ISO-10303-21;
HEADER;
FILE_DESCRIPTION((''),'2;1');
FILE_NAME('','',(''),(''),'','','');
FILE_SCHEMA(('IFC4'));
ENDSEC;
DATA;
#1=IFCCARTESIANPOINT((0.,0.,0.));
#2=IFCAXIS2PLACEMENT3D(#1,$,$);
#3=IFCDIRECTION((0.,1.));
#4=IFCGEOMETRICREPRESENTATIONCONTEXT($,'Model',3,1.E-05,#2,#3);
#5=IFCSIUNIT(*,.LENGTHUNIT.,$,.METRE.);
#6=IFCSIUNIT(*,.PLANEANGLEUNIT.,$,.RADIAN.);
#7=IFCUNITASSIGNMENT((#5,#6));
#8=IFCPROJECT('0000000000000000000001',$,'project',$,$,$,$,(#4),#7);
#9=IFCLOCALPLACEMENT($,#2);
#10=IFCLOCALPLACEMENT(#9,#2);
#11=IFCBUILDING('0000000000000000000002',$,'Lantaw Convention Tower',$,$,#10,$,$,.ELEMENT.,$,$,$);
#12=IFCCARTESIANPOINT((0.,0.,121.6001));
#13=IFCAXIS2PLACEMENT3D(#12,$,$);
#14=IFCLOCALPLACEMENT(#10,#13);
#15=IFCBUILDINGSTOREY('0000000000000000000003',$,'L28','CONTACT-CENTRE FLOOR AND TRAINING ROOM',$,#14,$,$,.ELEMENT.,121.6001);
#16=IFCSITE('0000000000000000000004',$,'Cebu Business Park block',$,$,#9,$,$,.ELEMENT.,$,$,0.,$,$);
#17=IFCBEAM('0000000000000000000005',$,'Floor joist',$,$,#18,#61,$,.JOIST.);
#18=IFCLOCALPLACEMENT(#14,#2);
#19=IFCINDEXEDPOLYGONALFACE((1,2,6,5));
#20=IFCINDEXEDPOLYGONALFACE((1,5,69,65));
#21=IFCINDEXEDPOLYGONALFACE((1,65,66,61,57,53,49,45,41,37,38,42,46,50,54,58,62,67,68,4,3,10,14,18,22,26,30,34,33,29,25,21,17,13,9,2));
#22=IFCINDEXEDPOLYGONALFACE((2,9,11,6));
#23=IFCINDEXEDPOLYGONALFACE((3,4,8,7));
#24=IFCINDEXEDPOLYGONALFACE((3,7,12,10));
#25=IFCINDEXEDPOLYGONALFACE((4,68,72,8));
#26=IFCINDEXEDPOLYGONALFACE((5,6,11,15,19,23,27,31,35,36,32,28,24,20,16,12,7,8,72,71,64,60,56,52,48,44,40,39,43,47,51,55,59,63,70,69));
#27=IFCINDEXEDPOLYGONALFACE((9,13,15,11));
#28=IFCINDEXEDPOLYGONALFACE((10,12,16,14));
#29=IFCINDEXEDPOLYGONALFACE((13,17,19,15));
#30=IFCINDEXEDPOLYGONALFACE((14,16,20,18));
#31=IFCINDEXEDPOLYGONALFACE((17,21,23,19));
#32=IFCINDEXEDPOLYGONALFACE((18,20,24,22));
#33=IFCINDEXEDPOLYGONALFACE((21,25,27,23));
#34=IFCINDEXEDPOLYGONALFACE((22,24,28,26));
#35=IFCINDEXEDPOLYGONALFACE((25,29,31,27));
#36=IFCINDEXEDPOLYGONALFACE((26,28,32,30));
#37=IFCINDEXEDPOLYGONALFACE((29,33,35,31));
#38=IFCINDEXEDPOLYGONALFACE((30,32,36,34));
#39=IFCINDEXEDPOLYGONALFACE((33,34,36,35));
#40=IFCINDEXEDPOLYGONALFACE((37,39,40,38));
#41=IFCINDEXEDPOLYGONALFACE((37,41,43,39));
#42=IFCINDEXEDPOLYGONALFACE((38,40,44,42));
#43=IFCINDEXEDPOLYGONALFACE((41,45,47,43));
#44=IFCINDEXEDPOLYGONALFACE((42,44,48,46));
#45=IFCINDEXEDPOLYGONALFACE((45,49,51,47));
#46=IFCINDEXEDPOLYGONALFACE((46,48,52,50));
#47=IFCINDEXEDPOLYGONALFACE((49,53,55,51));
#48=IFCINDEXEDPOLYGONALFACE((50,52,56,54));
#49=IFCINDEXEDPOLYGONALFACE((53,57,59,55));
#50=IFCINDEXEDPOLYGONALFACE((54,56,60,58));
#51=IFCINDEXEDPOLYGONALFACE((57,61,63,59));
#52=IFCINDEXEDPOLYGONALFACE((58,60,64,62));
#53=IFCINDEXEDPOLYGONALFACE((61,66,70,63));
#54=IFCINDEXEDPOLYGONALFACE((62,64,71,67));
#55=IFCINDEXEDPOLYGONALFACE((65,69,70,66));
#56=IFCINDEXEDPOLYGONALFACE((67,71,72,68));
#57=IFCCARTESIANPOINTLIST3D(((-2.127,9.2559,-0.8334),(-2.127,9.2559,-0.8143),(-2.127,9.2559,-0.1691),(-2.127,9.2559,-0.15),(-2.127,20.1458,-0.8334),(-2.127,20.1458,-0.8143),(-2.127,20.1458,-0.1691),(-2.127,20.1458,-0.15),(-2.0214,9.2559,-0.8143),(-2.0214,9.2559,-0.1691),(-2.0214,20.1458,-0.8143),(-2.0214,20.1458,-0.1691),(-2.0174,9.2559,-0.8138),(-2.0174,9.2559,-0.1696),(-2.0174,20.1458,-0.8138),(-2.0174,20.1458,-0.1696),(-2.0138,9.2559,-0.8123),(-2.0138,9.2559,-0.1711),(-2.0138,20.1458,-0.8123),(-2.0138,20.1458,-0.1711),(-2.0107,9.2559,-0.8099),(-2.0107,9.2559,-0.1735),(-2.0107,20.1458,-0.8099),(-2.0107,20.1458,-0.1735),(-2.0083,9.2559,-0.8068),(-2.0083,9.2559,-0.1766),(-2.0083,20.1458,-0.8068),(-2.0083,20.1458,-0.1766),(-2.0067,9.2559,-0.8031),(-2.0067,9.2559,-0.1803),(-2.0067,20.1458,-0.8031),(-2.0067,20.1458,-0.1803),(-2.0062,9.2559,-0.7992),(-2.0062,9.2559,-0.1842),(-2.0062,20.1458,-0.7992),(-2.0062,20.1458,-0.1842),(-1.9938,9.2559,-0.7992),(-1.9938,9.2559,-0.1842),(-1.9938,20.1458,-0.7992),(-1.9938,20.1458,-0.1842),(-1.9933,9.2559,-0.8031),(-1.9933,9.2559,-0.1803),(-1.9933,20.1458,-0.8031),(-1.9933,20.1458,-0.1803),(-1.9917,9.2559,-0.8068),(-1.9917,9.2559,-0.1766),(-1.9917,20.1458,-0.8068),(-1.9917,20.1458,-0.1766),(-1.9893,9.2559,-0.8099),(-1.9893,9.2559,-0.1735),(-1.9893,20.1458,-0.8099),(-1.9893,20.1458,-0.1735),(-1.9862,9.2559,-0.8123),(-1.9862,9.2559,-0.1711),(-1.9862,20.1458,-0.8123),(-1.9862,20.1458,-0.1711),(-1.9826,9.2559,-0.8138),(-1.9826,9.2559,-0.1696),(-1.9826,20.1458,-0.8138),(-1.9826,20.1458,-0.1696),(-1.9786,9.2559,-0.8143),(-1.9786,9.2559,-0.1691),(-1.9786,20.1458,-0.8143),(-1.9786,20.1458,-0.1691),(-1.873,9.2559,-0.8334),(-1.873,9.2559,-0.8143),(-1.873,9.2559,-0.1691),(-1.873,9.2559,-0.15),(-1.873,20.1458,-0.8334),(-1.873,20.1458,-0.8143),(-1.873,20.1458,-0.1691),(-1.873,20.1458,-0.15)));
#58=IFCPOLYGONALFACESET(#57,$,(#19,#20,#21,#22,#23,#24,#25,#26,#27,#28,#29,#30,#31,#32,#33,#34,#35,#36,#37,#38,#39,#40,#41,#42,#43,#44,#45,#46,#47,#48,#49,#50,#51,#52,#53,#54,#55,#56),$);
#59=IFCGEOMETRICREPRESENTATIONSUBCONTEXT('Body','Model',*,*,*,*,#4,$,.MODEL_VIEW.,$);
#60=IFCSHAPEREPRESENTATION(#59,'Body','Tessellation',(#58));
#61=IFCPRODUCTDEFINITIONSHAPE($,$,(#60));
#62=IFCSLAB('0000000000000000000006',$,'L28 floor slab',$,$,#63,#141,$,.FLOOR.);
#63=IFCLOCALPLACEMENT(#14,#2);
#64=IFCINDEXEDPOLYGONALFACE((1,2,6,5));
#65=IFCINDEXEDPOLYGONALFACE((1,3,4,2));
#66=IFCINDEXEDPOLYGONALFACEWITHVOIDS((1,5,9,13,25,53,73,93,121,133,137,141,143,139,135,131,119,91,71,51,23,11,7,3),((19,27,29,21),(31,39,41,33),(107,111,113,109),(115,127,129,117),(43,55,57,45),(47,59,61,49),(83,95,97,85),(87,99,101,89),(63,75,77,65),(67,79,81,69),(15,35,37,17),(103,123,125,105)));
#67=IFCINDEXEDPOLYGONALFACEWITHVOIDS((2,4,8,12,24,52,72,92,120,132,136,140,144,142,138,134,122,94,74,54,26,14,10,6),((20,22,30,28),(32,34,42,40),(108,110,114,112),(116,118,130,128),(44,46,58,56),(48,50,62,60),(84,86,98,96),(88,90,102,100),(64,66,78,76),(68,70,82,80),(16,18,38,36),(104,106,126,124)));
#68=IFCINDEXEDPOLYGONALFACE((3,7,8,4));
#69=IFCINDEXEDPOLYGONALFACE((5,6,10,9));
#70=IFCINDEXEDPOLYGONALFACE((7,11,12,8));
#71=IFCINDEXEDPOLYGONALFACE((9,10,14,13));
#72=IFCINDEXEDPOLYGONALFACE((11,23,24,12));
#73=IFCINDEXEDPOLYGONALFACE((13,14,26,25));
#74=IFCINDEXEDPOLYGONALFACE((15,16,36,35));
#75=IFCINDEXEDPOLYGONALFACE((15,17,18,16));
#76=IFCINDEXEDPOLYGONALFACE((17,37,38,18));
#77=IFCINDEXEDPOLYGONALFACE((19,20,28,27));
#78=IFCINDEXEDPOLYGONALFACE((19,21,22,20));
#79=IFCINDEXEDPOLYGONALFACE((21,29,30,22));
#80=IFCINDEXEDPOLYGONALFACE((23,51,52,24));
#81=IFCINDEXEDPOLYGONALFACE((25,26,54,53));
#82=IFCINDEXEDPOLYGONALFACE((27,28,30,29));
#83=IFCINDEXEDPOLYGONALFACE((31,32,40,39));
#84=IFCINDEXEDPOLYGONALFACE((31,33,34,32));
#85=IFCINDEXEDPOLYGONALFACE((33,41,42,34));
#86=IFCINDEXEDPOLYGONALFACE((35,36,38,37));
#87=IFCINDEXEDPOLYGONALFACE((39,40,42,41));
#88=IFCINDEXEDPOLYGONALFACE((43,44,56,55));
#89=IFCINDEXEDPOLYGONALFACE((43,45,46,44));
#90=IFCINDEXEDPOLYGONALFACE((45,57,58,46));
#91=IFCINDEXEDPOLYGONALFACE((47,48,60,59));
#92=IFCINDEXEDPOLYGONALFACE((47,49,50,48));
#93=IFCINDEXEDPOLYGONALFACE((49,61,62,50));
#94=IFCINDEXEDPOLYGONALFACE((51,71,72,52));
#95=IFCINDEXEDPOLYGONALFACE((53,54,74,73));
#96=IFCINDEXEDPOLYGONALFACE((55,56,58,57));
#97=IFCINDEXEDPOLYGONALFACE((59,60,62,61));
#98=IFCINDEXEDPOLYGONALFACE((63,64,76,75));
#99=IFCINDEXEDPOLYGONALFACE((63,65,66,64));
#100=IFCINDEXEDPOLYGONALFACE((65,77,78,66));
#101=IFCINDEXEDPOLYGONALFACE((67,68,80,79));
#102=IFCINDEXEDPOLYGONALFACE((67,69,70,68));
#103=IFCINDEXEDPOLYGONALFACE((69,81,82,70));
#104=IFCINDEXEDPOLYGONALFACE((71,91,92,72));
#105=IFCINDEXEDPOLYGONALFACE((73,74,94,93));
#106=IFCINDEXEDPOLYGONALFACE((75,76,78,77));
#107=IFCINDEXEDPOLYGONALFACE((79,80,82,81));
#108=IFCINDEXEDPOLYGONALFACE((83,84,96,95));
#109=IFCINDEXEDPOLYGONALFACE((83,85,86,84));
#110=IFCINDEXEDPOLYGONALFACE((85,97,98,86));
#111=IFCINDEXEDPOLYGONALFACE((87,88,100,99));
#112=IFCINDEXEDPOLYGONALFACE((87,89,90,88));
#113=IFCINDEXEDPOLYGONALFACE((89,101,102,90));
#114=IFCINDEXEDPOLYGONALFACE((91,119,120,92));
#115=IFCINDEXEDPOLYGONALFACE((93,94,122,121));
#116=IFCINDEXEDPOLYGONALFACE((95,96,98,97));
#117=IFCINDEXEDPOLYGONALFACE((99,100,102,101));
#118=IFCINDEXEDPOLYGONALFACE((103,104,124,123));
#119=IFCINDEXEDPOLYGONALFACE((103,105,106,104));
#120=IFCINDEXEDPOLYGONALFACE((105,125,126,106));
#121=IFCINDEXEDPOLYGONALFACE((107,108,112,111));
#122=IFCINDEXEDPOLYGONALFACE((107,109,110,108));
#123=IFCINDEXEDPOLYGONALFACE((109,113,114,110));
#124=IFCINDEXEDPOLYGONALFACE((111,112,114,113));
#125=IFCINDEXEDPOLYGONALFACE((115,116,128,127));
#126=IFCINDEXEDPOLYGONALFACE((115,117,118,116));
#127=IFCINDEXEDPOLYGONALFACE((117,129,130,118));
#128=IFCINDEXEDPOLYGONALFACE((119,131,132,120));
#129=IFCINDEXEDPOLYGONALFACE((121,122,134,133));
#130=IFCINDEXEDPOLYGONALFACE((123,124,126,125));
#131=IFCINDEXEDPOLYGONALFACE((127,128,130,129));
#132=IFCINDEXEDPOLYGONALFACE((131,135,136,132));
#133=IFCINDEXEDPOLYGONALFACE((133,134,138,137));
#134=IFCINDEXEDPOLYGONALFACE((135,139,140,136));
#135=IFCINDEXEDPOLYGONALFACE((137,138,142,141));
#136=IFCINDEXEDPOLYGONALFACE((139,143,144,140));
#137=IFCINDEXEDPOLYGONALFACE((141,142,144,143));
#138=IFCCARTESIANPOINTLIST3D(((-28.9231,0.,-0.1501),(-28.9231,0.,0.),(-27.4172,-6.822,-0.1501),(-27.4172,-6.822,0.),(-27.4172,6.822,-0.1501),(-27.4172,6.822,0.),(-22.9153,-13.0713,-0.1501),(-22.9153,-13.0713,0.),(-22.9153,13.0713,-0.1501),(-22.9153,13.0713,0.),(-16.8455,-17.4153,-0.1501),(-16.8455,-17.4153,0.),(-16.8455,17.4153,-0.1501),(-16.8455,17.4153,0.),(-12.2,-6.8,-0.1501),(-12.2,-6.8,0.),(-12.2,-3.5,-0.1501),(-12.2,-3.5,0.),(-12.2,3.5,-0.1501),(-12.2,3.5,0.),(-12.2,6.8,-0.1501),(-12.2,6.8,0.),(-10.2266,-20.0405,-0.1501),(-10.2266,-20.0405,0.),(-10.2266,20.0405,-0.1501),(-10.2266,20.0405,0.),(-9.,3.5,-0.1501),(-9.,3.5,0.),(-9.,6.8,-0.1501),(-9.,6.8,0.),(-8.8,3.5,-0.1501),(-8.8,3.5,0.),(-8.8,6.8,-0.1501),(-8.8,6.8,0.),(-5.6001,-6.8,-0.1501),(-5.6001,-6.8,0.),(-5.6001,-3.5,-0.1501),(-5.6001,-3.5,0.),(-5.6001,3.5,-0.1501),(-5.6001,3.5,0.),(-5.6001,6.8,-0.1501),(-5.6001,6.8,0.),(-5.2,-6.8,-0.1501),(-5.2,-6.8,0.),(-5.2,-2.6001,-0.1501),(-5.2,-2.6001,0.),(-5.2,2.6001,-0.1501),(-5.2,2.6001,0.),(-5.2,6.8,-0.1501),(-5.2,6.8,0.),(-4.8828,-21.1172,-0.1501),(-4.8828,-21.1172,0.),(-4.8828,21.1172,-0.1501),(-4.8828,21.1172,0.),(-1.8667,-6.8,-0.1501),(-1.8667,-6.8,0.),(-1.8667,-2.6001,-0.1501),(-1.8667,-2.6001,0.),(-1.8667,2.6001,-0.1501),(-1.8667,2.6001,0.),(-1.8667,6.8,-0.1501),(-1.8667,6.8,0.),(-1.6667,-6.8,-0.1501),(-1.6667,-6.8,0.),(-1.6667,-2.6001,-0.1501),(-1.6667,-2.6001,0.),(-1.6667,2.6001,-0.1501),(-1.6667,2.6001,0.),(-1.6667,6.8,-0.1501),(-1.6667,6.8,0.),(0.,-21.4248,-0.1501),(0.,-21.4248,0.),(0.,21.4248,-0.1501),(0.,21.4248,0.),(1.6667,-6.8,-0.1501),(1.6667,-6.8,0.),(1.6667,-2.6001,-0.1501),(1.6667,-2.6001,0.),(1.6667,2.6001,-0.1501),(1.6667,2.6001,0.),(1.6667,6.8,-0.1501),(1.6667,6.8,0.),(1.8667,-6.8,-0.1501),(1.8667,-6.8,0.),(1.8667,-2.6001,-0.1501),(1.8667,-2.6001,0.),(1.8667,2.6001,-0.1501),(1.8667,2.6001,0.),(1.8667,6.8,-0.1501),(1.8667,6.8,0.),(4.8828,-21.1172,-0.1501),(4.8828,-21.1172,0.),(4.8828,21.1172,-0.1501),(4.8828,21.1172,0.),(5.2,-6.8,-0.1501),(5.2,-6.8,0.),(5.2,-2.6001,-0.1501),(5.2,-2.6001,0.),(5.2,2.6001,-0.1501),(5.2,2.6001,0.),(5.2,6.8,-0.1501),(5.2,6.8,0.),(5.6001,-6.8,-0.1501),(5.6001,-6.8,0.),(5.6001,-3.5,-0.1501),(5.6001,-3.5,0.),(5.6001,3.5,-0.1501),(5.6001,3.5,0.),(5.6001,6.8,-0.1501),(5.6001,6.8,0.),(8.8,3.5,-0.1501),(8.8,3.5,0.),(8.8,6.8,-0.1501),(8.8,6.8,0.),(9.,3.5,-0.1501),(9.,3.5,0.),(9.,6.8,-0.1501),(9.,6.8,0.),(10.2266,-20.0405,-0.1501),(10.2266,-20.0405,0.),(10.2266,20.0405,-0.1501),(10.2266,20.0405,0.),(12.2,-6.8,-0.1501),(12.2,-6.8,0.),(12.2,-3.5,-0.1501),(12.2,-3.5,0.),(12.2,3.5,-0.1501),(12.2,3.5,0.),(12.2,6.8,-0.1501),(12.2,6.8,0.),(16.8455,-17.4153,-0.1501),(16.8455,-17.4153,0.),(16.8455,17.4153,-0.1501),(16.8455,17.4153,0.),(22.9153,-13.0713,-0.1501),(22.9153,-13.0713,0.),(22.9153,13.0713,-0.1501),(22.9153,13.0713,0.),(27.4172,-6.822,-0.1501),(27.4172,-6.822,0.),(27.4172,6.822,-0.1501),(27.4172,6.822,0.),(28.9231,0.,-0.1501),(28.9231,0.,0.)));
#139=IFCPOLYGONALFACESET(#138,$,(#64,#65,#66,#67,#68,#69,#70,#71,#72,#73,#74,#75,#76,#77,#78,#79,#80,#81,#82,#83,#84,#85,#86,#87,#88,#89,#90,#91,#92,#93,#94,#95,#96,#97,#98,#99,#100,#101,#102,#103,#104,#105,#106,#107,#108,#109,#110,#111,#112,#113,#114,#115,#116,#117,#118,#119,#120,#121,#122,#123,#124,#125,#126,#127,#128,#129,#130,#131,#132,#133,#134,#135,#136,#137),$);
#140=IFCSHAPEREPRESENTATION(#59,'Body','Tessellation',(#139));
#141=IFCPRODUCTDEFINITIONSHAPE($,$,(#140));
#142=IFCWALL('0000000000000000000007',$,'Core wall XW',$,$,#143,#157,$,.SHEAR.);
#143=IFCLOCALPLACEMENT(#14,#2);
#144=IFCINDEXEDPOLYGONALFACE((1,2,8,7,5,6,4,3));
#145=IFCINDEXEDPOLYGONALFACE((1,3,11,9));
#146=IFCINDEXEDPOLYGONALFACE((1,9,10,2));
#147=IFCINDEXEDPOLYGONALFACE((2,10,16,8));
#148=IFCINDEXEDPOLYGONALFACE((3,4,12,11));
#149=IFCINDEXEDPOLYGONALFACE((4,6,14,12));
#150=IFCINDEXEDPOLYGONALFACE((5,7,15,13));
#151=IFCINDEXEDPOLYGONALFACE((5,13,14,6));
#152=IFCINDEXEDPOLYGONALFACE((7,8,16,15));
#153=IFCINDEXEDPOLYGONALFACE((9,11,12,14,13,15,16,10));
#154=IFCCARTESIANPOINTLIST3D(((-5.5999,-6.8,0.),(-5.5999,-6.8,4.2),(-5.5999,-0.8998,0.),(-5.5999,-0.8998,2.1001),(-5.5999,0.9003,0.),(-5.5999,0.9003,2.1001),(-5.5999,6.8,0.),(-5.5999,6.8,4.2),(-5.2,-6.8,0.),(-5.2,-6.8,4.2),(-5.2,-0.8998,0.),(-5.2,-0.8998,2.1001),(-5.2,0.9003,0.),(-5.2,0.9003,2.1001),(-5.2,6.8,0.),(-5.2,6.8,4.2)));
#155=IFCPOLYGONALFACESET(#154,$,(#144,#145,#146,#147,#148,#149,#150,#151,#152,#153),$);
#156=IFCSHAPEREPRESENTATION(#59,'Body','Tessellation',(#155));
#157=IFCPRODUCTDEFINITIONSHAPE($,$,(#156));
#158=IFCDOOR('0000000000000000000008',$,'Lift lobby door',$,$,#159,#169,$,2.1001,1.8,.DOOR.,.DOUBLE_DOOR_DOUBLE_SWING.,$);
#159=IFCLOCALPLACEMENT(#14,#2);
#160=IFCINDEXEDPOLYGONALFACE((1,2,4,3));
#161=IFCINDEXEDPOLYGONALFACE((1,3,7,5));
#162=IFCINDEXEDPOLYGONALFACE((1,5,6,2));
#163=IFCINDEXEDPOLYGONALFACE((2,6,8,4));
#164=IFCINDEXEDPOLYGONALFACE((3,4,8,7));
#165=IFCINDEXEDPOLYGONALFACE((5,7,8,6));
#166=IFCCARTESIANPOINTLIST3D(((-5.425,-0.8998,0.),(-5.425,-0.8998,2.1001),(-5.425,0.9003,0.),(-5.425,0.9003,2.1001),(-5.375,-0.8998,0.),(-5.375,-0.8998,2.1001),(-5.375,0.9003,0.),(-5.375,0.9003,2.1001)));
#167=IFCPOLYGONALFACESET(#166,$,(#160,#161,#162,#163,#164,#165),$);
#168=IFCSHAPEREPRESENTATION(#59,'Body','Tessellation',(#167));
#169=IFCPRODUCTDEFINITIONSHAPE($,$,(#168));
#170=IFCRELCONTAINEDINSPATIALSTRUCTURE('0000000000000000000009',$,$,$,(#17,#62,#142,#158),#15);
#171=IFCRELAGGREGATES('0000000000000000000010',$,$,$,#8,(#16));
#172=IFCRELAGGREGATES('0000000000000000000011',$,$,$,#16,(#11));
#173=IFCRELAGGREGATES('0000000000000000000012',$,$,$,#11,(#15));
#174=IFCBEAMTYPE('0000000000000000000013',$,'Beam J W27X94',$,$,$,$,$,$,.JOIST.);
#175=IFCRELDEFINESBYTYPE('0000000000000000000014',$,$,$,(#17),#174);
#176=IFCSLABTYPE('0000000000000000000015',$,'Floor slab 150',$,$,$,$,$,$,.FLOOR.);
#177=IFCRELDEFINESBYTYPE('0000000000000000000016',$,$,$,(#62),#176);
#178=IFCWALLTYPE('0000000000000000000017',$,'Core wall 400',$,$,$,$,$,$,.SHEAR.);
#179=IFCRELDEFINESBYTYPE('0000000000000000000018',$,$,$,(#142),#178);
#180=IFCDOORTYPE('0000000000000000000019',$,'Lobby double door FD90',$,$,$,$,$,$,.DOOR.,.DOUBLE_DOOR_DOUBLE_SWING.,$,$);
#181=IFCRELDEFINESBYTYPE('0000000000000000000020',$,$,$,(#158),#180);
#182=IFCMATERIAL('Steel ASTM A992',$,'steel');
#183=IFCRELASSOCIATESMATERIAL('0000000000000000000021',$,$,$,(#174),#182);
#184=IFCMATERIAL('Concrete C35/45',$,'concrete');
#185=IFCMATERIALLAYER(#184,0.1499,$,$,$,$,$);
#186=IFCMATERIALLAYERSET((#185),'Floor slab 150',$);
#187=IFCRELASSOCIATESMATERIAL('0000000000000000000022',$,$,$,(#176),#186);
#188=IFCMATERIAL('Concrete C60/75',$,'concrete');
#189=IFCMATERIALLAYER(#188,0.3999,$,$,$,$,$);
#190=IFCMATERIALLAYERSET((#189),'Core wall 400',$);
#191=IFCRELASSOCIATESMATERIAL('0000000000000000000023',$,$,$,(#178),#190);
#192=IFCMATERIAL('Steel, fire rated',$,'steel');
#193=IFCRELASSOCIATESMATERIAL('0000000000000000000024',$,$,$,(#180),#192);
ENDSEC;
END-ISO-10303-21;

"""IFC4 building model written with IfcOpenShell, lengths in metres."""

from ifc_helpers import new_model, si_unit, direction, frame, frame_2d, origin, origin_2d, place, context, subcontext, project, spatial, polyline, rectangle, i_section, outline, extrude, material, layer, layer_set, material_profile, profile_set, type_object, element, fill, save


model = new_model("IFC4")

# Units and contexts
model_context = context("Model", 3, precision=1e-05, world=origin(), true_north=direction((0.0, 1.0)))
body_context = subcontext(model_context, "Body", "Model", "MODEL_VIEW")
ifc_project = project(units=[si_unit("LENGTHUNIT", "METRE"), si_unit("PLANEANGLEUNIT", "RADIAN")], contexts=[model_context])

# Site, building, storey
site_placement = place(None, origin())
site = spatial("IfcSite", under=ifc_project, at=site_placement, Name="Cebu Business Park block", CompositionType="ELEMENT", RefElevation=0.0)
building_placement = place(site_placement, origin())
building = spatial("IfcBuilding", under=site, at=building_placement, Name="Lantaw Convention Tower", CompositionType="ELEMENT")
storey_placement = place(building_placement, frame((0.0, 0.0, 121.6001)))
storey = spatial("IfcBuildingStorey", under=building, at=storey_placement, Name="L28", Description="CONTACT-CENTRE FLOOR AND TRAINING ROOM", CompositionType="ELEMENT", Elevation=121.6001)

# Shared definitions
ifc_material_1 = material(Name="Concrete C60/75", Category="concrete")

# Beam
ifc_material_2 = material(Name="Steel ASTM A992", Category="steel")
ifc_material_profile_1 = material_profile(ifc_material_2, i_section(OverallWidth=0.2539, OverallDepth=0.6833, WebThickness=0.0125, FlangeThickness=0.019, FilletRadius=0.0151, at=origin_2d()), Name="W27X94")
ifc_profile_set_1 = profile_set([ifc_material_profile_1], Name="Steel ASTM A992")
beam_type_1 = type_object("IfcBeamType", Name="Beam J W27X94", PredefinedType="JOIST", material=ifc_profile_set_1)
beam_1_placement = place(storey_placement, frame((-2.0, 9.2559, -0.4917), z_axis=(0.0, 1.0, 0.0), x_axis=(-1.0, 0.0, 0.0)))
element("IfcBeam", 1, at=beam_1_placement, inside=storey, type_object=beam_type_1, Name="Floor joist", PredefinedType="JOIST", context=body_context, shape_type="SweptSolid", body=[
    extrude(i_section(OverallWidth=0.2539, OverallDepth=0.6833, WebThickness=0.0125, FlangeThickness=0.019, FilletRadius=0.0151, at=origin_2d()), origin(), (0.0, 0.0, 1.0), 10.8899),
])

# Slab
ifc_material_3 = material(Name="Concrete C35/45", Category="concrete")
ifc_layer_1 = layer(ifc_material_3, 0.1499)
ifc_layer_set_1 = layer_set([ifc_layer_1], Name="Floor slab 150")
slab_type = type_object("IfcSlabType", Name="Floor slab 150", PredefinedType="FLOOR", material=ifc_layer_set_1)
slab_placement = place(storey_placement, frame((0.0, 0.0, -0.1501)))
element("IfcSlab", 2, at=slab_placement, inside=storey, type_object=slab_type, Name="L28 floor slab", PredefinedType="FLOOR", context=body_context, shape_type="SweptSolid", body=[
    extrude(outline(polyline([(27.4172, -6.822), (28.9231, 0.0), (27.4172, 6.822), (22.9153, 13.0713), (16.8455, 17.4153), (10.2266, 20.0405), (4.8828, 21.1172), (0.0, 21.4248), (-4.8828, 21.1172), (-10.2266, 20.0405), (-16.8455, 17.4153), (-22.9153, 13.0713), (-27.4172, 6.822), (-28.9231, 0.0), (-27.4172, -6.822), (-22.9153, -13.0713), (-16.8455, -17.4153), (-10.2266, -20.0405), (-4.8828, -21.1172), (0.0, -21.4248), (4.8828, -21.1172), (10.2266, -20.0405), (16.8455, -17.4153), (22.9153, -13.0713), (27.4172, -6.822)]), holes=[polyline([(-5.6001, -3.5), (-12.2, -3.5), (-12.2, -6.8), (-5.6001, -6.8), (-5.6001, -3.5)]), polyline([(-1.8667, -6.8), (-1.8667, -2.6001), (-5.2, -2.6001), (-5.2, -6.8), (-1.8667, -6.8)]), polyline([(-1.8667, 2.6001), (-1.8667, 6.8), (-5.2, 6.8), (-5.2, 2.6001), (-1.8667, 2.6001)]), polyline([(1.6667, 6.8), (-1.6667, 6.8), (-1.6667, 2.6001), (1.6667, 2.6001), (1.6667, 6.8)]), polyline([(-9.0, 3.5), (-9.0, 6.8), (-12.2, 6.8), (-12.2, 3.5), (-9.0, 3.5)]), polyline([(-5.6001, 3.5), (-5.6001, 6.8), (-8.8, 6.8), (-8.8, 3.5), (-5.6001, 3.5)]), polyline([(12.2, -3.5), (5.6001, -3.5), (5.6001, -6.8), (12.2, -6.8), (12.2, -3.5)]), polyline([(1.6667, -6.8), (1.6667, -2.6001), (-1.6667, -2.6001), (-1.6667, -6.8), (1.6667, -6.8)]), polyline([(5.2, -6.8), (5.2, -2.6001), (1.8667, -2.6001), (1.8667, -6.8), (5.2, -6.8)]), polyline([(5.2, 6.8), (1.8667, 6.8), (1.8667, 2.6001), (5.2, 2.6001), (5.2, 6.8)]), polyline([(8.8, 3.5), (8.8, 6.8), (5.6001, 6.8), (5.6001, 3.5), (8.8, 3.5)]), polyline([(12.2, 3.5), (12.2, 6.8), (9.0, 6.8), (9.0, 3.5), (12.2, 3.5)])]), origin(), (0.0, 0.0, 1.0), 0.1501),
])

# Wall, opening, door
ifc_layer_2 = layer(ifc_material_1, 0.3999)
ifc_layer_set_2 = layer_set([ifc_layer_2], Name="Core wall 400")
wall_type_1 = type_object("IfcWallType", Name="Core wall 400", PredefinedType="SHEAR", material=ifc_layer_set_2)
wall_1_placement = place(storey_placement, frame((-5.3999, 6.8, 0.0), z_axis=(0.0, 0.0, 1.0), x_axis=(0.0, -1.0, 0.0)))
wall_1 = element("IfcWall", 3, at=wall_1_placement, inside=storey, type_object=wall_type_1, Name="Core wall XW", PredefinedType="SHEAR", context=body_context, shape_type="SweptSolid", body=[
    extrude(rectangle(XDim=13.6001, YDim=0.3999, at=frame_2d((6.8, 0.0))), origin(), (0.0, 0.0, 1.0), 4.2),
])
opening_1_placement = place(wall_1_placement, frame((5.8999, 0.0, 0.0)))
opening_1 = element("IfcOpeningElement", 4, at=opening_1_placement, cuts=wall_1, PredefinedType="OPENING", context=body_context, shape_type="SweptSolid", body=[
    extrude(rectangle(XDim=1.8, YDim=2.1001, at=frame_2d((0.8999, 1.05))), frame((0.0, 0.21, 0.0), z_axis=(0.0, -1.0, 0.0), x_axis=(1.0, 0.0, 0.0)), (0.0, 0.0, 1.0), 0.4199),
])
ifc_material_4 = material(Name="Steel, fire rated", Category="steel")
door_type_1 = type_object("IfcDoorType", Name="Lobby double door FD90", OperationType="DOUBLE_DOOR_DOUBLE_SWING", PredefinedType="DOOR", material=ifc_material_4)
door_1_placement = place(opening_1_placement, origin())
door_1 = element("IfcDoor", 5, at=door_1_placement, inside=storey, type_object=door_type_1, Name="Lift lobby door", OperationType="DOUBLE_DOOR_DOUBLE_SWING", OverallHeight=2.1001, OverallWidth=1.8, PredefinedType="DOOR", context=body_context, shape_type="SweptSolid", body=[
    extrude(rectangle(XDim=1.8, YDim=2.1001, at=frame_2d((0.8999, 1.05))), frame((0.0, 0.0249, 0.0), z_axis=(0.0, -1.0, 0.0), x_axis=(1.0, 0.0, 0.0)), (0.0, 0.0, 1.0), 0.05),
])
fill(opening_1, door_1)

save(model, "model.ifc")
